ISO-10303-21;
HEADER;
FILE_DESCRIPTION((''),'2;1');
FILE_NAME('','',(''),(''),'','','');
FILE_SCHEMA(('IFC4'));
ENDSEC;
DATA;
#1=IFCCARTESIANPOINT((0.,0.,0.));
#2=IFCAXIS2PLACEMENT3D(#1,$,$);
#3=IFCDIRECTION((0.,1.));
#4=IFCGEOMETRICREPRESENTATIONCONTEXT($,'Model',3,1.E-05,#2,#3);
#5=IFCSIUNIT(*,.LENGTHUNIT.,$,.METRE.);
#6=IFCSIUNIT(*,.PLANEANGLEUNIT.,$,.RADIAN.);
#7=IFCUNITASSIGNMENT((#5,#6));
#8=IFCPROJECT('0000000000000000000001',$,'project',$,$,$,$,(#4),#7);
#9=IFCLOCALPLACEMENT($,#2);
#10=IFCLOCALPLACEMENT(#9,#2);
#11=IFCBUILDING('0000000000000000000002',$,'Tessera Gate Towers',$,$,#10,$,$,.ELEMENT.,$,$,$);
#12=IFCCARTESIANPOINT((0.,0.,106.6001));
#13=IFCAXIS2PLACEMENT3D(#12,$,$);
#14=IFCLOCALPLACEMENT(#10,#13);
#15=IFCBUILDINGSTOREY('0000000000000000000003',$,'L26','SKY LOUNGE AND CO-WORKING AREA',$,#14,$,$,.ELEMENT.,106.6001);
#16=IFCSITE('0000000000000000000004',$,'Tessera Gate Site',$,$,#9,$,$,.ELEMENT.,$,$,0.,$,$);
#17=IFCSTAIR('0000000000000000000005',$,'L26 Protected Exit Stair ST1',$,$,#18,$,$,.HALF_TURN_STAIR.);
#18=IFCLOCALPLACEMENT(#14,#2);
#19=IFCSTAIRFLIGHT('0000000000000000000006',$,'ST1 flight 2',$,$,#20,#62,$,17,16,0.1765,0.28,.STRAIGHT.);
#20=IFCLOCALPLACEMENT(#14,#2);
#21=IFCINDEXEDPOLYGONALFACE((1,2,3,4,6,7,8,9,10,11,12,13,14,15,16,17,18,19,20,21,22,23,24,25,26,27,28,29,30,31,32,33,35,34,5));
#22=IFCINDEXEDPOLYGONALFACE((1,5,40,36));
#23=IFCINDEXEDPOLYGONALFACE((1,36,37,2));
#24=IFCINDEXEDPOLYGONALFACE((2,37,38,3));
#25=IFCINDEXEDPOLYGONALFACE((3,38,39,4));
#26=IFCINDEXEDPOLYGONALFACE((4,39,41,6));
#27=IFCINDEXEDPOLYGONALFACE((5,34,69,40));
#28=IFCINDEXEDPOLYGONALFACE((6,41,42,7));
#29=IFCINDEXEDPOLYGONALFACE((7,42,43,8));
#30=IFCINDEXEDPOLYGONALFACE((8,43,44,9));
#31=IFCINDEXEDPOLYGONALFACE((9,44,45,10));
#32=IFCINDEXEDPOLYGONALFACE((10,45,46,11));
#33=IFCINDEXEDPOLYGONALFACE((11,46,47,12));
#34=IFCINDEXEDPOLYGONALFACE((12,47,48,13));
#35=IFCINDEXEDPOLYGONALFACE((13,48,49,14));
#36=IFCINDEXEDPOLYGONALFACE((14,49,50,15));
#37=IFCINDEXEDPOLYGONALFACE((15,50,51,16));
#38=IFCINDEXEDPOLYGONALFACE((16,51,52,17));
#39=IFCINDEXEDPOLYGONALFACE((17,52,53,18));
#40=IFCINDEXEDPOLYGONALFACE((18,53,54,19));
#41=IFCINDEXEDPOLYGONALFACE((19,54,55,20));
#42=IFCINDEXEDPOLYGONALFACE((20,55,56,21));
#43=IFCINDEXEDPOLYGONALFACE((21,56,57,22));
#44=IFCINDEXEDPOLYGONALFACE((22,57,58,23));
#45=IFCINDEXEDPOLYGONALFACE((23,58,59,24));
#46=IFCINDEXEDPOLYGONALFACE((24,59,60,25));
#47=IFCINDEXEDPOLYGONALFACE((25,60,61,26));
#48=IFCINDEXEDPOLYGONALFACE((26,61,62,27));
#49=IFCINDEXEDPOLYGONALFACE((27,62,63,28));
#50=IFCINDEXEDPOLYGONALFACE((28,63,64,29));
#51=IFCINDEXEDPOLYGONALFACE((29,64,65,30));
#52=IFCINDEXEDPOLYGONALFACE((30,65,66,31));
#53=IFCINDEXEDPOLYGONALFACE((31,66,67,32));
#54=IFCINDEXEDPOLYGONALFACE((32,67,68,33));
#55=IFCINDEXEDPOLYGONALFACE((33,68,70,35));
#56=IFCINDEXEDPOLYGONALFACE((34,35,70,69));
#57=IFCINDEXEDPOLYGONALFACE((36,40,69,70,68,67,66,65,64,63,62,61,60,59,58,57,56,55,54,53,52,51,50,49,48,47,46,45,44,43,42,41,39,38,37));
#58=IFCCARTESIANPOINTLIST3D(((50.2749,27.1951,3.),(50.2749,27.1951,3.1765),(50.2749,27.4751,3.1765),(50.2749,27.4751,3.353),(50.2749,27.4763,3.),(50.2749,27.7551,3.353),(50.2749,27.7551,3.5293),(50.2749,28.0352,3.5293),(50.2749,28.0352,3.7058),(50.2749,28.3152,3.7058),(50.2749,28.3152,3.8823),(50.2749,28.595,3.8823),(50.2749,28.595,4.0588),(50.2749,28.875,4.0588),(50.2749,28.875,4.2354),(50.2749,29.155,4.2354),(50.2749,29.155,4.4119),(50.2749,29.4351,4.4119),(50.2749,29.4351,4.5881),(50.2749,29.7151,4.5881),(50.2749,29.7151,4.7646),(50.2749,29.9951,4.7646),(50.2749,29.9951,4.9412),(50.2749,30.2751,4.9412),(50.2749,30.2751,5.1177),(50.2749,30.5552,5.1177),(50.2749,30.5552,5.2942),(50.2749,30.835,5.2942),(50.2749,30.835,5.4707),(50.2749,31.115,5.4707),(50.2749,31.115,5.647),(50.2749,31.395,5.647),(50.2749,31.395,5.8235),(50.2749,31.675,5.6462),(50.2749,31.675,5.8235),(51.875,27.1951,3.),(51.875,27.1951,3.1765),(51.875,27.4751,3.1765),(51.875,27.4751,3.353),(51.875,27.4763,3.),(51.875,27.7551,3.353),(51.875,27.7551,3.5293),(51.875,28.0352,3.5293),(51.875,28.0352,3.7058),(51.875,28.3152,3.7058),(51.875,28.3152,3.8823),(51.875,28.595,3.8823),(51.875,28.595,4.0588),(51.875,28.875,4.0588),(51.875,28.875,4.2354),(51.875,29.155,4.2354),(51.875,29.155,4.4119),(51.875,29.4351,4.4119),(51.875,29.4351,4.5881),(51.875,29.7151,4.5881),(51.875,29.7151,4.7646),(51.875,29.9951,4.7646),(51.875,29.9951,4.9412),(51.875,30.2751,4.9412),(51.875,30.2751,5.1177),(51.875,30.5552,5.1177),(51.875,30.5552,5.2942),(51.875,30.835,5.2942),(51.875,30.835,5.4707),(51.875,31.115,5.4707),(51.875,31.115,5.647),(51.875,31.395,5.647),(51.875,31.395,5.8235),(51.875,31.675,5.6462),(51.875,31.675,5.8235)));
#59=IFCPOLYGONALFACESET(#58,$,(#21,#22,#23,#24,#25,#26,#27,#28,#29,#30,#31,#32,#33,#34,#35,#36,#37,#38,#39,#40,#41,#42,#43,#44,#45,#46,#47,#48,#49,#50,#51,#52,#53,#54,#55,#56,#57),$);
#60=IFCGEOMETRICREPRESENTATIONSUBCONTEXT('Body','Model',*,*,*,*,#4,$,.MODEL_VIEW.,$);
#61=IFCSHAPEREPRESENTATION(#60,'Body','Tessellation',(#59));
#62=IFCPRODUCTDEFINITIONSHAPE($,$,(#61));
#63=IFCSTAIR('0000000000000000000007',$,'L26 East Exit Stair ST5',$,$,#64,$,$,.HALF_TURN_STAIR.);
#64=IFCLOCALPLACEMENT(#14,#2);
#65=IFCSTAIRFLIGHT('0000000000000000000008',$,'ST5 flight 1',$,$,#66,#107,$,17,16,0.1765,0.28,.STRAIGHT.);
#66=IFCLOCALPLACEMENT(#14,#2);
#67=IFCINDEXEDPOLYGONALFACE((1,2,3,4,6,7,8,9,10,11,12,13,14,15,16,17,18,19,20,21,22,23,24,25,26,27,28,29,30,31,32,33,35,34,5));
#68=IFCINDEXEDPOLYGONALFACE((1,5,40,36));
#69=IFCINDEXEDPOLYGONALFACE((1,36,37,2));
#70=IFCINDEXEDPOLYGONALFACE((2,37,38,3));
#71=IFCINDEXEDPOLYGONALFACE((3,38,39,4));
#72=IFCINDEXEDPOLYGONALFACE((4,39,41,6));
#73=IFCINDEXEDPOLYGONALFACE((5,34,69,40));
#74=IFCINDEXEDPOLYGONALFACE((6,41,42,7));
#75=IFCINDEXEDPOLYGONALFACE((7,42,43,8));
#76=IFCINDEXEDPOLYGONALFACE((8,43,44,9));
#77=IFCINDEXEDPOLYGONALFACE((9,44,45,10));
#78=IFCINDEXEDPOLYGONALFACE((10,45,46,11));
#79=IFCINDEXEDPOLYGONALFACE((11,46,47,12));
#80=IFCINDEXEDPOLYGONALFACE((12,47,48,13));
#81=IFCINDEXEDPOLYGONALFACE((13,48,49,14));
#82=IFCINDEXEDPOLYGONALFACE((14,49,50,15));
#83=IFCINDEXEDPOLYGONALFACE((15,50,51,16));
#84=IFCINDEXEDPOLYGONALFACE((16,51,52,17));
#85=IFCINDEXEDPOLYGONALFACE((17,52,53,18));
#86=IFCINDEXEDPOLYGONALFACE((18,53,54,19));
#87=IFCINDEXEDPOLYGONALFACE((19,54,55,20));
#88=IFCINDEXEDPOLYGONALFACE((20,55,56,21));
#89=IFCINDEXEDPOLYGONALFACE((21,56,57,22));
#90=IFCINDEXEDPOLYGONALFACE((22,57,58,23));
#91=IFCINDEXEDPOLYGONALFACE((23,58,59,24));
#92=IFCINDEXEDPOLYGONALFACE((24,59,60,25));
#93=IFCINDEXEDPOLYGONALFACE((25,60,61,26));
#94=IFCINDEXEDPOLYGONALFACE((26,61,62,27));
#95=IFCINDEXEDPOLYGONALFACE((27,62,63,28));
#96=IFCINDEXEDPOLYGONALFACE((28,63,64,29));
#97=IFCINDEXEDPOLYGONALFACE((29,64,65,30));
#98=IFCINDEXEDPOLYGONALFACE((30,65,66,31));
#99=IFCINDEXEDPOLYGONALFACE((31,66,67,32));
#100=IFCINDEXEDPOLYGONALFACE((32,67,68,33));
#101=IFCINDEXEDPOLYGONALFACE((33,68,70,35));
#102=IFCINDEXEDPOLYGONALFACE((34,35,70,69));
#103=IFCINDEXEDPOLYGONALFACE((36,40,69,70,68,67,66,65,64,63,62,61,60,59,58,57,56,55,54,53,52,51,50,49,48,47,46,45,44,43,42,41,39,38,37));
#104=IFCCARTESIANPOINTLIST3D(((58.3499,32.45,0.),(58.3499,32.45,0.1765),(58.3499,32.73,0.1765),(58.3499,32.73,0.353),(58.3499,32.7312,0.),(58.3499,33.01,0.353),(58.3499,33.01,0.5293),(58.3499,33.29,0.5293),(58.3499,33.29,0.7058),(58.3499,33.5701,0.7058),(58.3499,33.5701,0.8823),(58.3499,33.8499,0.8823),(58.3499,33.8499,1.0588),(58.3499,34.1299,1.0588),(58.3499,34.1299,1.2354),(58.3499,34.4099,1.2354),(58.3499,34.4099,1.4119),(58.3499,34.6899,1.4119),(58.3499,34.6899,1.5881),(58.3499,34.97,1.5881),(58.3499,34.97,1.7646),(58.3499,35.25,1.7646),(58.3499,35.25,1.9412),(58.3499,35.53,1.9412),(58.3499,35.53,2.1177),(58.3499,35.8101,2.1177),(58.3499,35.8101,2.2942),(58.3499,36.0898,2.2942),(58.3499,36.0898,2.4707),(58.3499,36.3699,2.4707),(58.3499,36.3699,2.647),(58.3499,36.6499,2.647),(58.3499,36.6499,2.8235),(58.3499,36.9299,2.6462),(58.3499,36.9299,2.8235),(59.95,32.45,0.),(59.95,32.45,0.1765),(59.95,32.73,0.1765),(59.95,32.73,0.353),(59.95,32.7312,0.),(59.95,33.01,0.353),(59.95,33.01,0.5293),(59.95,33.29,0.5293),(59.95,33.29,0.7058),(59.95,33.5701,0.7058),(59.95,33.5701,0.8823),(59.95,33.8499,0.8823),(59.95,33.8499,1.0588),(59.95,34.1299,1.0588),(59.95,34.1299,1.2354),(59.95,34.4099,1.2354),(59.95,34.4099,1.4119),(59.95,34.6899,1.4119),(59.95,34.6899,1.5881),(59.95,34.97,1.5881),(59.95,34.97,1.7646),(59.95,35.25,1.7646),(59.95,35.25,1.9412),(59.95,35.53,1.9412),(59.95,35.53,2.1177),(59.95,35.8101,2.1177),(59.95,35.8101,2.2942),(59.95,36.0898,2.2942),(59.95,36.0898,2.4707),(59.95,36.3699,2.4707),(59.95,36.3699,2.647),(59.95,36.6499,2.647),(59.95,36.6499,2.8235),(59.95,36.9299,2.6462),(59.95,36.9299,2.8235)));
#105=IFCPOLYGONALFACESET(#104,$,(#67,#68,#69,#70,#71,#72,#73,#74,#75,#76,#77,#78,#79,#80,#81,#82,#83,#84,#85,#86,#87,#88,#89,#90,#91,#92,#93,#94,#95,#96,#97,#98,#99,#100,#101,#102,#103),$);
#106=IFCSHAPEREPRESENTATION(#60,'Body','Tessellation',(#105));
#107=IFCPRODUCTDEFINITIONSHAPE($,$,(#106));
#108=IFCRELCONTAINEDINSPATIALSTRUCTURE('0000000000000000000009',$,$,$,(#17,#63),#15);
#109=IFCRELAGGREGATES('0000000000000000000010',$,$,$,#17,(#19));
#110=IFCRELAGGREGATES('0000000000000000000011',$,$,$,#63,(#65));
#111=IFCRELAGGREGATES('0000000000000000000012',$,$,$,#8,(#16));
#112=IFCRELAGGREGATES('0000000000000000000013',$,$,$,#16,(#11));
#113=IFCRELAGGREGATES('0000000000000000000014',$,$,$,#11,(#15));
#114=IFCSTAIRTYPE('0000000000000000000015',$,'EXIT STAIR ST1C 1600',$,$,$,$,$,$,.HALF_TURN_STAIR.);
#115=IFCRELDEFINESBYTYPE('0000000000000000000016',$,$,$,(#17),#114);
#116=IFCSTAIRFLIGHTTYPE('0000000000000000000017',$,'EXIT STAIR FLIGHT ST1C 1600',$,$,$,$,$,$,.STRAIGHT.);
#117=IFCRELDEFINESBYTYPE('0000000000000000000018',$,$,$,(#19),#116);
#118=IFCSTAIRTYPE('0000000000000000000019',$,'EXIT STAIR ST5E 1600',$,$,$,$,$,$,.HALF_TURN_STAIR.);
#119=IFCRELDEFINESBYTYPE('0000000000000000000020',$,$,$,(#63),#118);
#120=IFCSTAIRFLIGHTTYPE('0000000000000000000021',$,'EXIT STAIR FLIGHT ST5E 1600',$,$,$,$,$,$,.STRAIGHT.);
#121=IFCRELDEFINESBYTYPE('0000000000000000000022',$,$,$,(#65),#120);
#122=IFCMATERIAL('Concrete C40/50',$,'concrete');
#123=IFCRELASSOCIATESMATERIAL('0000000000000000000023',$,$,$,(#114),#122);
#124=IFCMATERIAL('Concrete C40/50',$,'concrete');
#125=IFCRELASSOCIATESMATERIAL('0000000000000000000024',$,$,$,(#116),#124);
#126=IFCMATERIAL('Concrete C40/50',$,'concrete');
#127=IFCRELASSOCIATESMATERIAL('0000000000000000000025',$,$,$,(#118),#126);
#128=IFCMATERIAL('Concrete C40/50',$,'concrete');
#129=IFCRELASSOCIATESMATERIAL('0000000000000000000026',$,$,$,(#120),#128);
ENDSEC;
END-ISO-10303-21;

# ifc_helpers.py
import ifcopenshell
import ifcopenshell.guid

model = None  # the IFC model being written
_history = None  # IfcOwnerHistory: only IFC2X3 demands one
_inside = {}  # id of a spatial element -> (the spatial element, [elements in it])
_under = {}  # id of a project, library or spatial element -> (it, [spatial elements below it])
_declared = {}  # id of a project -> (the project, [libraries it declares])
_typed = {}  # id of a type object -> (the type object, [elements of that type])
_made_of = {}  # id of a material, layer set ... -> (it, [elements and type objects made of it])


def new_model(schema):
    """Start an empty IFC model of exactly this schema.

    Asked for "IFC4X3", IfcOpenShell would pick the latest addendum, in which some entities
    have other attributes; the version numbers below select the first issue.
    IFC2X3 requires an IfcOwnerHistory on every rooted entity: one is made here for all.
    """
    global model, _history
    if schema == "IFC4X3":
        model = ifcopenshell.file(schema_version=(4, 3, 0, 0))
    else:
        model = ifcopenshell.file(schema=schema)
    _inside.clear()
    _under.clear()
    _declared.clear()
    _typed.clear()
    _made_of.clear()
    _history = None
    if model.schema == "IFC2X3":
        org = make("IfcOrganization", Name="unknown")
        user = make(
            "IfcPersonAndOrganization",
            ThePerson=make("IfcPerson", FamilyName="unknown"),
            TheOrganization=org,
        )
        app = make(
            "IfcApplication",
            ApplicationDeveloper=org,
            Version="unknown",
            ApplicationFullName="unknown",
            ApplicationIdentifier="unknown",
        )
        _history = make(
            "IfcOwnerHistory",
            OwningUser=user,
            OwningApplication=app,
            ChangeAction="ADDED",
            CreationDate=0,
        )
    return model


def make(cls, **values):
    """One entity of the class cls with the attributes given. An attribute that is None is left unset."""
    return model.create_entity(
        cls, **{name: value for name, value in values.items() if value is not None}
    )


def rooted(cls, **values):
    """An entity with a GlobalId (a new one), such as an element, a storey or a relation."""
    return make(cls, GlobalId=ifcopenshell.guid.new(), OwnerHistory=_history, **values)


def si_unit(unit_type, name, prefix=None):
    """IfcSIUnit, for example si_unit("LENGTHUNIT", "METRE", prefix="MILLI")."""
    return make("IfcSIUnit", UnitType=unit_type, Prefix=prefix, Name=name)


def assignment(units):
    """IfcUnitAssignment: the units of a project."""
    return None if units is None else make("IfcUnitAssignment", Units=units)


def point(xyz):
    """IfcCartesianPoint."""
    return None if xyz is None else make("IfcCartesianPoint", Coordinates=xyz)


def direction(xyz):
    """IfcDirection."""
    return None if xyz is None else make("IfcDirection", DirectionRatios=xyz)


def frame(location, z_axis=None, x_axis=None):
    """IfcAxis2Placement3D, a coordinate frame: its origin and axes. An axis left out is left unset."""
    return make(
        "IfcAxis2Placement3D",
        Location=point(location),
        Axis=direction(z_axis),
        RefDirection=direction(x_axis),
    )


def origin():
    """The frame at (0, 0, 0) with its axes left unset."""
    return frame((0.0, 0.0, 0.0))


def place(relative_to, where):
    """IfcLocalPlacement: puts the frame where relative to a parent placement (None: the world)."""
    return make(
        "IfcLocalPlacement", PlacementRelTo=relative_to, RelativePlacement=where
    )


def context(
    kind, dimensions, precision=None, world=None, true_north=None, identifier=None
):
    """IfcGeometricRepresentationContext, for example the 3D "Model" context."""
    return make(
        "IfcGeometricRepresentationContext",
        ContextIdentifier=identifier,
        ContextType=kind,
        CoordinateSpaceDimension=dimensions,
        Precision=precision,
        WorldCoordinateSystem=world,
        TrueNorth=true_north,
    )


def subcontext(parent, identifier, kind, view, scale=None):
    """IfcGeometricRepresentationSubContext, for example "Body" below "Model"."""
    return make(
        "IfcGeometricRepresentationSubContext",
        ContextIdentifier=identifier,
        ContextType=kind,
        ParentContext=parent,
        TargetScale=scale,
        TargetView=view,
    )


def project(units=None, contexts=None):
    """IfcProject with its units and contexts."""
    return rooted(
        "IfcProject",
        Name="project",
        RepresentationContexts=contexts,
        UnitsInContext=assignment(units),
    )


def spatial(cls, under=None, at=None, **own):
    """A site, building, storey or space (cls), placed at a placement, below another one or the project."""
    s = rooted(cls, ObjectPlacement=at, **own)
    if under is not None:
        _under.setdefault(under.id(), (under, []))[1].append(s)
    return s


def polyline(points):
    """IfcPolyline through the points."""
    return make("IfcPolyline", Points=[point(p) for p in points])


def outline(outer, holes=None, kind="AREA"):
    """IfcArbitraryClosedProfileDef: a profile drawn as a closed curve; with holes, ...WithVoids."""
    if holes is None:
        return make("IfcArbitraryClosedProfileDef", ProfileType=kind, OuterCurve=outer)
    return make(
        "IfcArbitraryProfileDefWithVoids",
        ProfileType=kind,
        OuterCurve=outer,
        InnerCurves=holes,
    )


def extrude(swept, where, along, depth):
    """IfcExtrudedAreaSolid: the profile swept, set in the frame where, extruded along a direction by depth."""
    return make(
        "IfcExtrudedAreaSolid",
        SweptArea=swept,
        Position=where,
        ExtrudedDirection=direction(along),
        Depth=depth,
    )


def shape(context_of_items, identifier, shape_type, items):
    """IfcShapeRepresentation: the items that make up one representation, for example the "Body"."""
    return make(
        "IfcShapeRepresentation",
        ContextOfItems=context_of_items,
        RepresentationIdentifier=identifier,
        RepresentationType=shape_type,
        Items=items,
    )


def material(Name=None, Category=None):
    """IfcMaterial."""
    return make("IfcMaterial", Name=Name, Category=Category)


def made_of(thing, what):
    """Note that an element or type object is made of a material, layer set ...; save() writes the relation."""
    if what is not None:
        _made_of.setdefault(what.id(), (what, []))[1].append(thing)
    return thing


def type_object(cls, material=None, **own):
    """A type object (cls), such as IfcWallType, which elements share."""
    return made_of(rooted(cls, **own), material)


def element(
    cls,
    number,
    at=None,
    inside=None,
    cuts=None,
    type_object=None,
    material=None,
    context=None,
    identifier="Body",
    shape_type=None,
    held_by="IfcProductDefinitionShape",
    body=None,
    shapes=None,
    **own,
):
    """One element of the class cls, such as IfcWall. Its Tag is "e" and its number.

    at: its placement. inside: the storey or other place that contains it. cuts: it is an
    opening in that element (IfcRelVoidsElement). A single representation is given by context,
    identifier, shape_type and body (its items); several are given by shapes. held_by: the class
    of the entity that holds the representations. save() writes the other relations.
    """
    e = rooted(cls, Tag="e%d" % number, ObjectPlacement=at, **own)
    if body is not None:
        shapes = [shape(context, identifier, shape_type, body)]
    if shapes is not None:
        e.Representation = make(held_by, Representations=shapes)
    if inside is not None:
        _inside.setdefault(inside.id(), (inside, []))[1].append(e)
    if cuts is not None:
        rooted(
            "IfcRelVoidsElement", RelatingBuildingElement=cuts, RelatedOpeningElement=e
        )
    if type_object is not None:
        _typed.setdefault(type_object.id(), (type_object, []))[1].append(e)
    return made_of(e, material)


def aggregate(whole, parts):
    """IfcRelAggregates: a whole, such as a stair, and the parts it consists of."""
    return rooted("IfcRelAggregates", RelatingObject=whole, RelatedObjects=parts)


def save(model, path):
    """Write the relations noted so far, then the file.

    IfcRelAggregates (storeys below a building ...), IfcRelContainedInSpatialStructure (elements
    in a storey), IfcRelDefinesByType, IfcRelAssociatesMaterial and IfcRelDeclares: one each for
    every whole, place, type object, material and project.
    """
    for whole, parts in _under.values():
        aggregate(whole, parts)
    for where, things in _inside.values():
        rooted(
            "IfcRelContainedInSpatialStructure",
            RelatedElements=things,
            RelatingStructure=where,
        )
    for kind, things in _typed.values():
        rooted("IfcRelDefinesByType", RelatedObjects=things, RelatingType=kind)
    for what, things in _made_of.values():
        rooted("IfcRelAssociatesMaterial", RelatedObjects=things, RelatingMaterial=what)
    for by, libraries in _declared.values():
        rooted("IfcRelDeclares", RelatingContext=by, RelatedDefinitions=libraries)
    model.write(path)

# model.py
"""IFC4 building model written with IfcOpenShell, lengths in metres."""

from ifc_helpers import new_model, si_unit, direction, frame, origin, place, context, subcontext, project, spatial, polyline, outline, extrude, material, type_object, element, aggregate, save


model = new_model("IFC4")

# Units and contexts
model_context = context("Model", 3, precision=1e-05, world=origin(), true_north=direction((0.0, 1.0)))
body_context = subcontext(model_context, "Body", "Model", "MODEL_VIEW")
ifc_project = project(units=[si_unit("LENGTHUNIT", "METRE"), si_unit("PLANEANGLEUNIT", "RADIAN")], contexts=[model_context])

# Site, building, storey
site_placement = place(None, origin())
site = spatial("IfcSite", under=ifc_project, at=site_placement, Name="Tessera Gate Site", CompositionType="ELEMENT", RefElevation=0.0)
building_placement = place(site_placement, origin())
building = spatial("IfcBuilding", under=site, at=building_placement, Name="Tessera Gate Towers", CompositionType="ELEMENT")
storey_placement = place(building_placement, frame((0.0, 0.0, 106.6001)))
storey = spatial("IfcBuildingStorey", under=building, at=storey_placement, Name="L26", Description="SKY LOUNGE AND CO-WORKING AREA", CompositionType="ELEMENT", Elevation=106.6001)

# Stair, stair flight
ifc_material_1 = material(Name="Concrete C40/50", Category="concrete")
stair_type_1 = type_object("IfcStairType", Name="EXIT STAIR ST1C 1600", PredefinedType="HALF_TURN_STAIR", material=ifc_material_1)
stair_1_placement = place(storey_placement, origin())
stair_1 = element("IfcStair", 1, at=stair_1_placement, inside=storey, type_object=stair_type_1, Name="L26 Protected Exit Stair ST1", PredefinedType="HALF_TURN_STAIR")
ifc_material_2 = material(Name="Concrete C40/50", Category="concrete")
stair_flight_type_1 = type_object("IfcStairFlightType", Name="EXIT STAIR FLIGHT ST1C 1600", PredefinedType="STRAIGHT", material=ifc_material_2)
stair_flight_1_placement = place(storey_placement, frame((51.075, 27.1951, 3.0), z_axis=(0.0, 0.0, 1.0), x_axis=(0.0, 1.0, 0.0)))
stair_flight_1 = element("IfcStairFlight", 2, at=stair_flight_1_placement, type_object=stair_flight_type_1, Name="ST1 flight 2", NumberOfRisers=17, NumberOfTreads=16, PredefinedType="STRAIGHT", RiserHeight=0.1765, TreadLength=0.28, context=body_context, shape_type="SweptSolid", body=[
    extrude(outline(polyline([(0.0, 0.0), (0.0, 0.1765), (0.28, 0.1765), (0.28, 0.353), (0.5601, 0.353), (0.5601, 0.5293), (0.8401, 0.5293), (0.8401, 0.7058), (1.1201, 0.7058), (1.1201, 0.8823), (1.3999, 0.8823), (1.3999, 1.0588), (1.6799, 1.0588), (1.6799, 1.2354), (1.96, 1.2354), (1.96, 1.4119), (2.24, 1.4119), (2.24, 1.5881), (2.52, 1.5881), (2.52, 1.7646), (2.8, 1.7646), (2.8, 1.9412), (3.0801, 1.9412), (3.0801, 2.1177), (3.3601, 2.1177), (3.3601, 2.2942), (3.6399, 2.2942), (3.6399, 2.4707), (3.9199, 2.4707), (3.9199, 2.647), (4.2, 2.647), (4.2, 2.8235), (4.48, 2.8235), (4.48, 3.0), (4.48, 2.6462), (0.2812, 0.0), (0.0, 0.0)])), frame((0.0, 0.8, 0.0), z_axis=(0.0, -1.0, 0.0), x_axis=(1.0, 0.0, 0.0)), (0.0, 0.0, 1.0), 1.6001),
])
aggregate(stair_1, [stair_flight_1])

# Stair, stair flight
ifc_material_3 = material(Name="Concrete C40/50", Category="concrete")
stair_type_2 = type_object("IfcStairType", Name="EXIT STAIR ST5E 1600", PredefinedType="HALF_TURN_STAIR", material=ifc_material_3)
stair_2_placement = place(storey_placement, origin())
stair_2 = element("IfcStair", 3, at=stair_2_placement, inside=storey, type_object=stair_type_2, Name="L26 East Exit Stair ST5", PredefinedType="HALF_TURN_STAIR")
ifc_material_4 = material(Name="Concrete C40/50", Category="concrete")
stair_flight_type_2 = type_object("IfcStairFlightType", Name="EXIT STAIR FLIGHT ST5E 1600", PredefinedType="STRAIGHT", material=ifc_material_4)
stair_flight_2_placement = place(storey_placement, frame((59.1499, 32.45, 0.0), z_axis=(0.0, 0.0, 1.0), x_axis=(0.0, 1.0, 0.0)))
stair_flight_2 = element("IfcStairFlight", 4, at=stair_flight_2_placement, type_object=stair_flight_type_2, Name="ST5 flight 1", NumberOfRisers=17, NumberOfTreads=16, PredefinedType="STRAIGHT", RiserHeight=0.1765, TreadLength=0.28, context=body_context, shape_type="SweptSolid", body=[
    extrude(outline(polyline([(0.0, 0.0), (0.0, 0.1765), (0.28, 0.1765), (0.28, 0.353), (0.5601, 0.353), (0.5601, 0.5293), (0.8401, 0.5293), (0.8401, 0.7058), (1.1201, 0.7058), (1.1201, 0.8823), (1.3999, 0.8823), (1.3999, 1.0588), (1.6799, 1.0588), (1.6799, 1.2354), (1.96, 1.2354), (1.96, 1.4119), (2.24, 1.4119), (2.24, 1.5881), (2.52, 1.5881), (2.52, 1.7646), (2.8, 1.7646), (2.8, 1.9412), (3.0801, 1.9412), (3.0801, 2.1177), (3.3601, 2.1177), (3.3601, 2.2942), (3.6399, 2.2942), (3.6399, 2.4707), (3.9199, 2.4707), (3.9199, 2.647), (4.2, 2.647), (4.2, 2.8235), (4.48, 2.8235), (4.48, 3.0), (4.48, 2.6462), (0.2812, 0.0), (0.0, 0.0)])), frame((0.0, 0.8, 0.0), z_axis=(0.0, -1.0, 0.0), x_axis=(1.0, 0.0, 0.0)), (0.0, 0.0, 1.0), 1.6001),
])
aggregate(stair_2, [stair_flight_2])

save(model, "model.ifc")
